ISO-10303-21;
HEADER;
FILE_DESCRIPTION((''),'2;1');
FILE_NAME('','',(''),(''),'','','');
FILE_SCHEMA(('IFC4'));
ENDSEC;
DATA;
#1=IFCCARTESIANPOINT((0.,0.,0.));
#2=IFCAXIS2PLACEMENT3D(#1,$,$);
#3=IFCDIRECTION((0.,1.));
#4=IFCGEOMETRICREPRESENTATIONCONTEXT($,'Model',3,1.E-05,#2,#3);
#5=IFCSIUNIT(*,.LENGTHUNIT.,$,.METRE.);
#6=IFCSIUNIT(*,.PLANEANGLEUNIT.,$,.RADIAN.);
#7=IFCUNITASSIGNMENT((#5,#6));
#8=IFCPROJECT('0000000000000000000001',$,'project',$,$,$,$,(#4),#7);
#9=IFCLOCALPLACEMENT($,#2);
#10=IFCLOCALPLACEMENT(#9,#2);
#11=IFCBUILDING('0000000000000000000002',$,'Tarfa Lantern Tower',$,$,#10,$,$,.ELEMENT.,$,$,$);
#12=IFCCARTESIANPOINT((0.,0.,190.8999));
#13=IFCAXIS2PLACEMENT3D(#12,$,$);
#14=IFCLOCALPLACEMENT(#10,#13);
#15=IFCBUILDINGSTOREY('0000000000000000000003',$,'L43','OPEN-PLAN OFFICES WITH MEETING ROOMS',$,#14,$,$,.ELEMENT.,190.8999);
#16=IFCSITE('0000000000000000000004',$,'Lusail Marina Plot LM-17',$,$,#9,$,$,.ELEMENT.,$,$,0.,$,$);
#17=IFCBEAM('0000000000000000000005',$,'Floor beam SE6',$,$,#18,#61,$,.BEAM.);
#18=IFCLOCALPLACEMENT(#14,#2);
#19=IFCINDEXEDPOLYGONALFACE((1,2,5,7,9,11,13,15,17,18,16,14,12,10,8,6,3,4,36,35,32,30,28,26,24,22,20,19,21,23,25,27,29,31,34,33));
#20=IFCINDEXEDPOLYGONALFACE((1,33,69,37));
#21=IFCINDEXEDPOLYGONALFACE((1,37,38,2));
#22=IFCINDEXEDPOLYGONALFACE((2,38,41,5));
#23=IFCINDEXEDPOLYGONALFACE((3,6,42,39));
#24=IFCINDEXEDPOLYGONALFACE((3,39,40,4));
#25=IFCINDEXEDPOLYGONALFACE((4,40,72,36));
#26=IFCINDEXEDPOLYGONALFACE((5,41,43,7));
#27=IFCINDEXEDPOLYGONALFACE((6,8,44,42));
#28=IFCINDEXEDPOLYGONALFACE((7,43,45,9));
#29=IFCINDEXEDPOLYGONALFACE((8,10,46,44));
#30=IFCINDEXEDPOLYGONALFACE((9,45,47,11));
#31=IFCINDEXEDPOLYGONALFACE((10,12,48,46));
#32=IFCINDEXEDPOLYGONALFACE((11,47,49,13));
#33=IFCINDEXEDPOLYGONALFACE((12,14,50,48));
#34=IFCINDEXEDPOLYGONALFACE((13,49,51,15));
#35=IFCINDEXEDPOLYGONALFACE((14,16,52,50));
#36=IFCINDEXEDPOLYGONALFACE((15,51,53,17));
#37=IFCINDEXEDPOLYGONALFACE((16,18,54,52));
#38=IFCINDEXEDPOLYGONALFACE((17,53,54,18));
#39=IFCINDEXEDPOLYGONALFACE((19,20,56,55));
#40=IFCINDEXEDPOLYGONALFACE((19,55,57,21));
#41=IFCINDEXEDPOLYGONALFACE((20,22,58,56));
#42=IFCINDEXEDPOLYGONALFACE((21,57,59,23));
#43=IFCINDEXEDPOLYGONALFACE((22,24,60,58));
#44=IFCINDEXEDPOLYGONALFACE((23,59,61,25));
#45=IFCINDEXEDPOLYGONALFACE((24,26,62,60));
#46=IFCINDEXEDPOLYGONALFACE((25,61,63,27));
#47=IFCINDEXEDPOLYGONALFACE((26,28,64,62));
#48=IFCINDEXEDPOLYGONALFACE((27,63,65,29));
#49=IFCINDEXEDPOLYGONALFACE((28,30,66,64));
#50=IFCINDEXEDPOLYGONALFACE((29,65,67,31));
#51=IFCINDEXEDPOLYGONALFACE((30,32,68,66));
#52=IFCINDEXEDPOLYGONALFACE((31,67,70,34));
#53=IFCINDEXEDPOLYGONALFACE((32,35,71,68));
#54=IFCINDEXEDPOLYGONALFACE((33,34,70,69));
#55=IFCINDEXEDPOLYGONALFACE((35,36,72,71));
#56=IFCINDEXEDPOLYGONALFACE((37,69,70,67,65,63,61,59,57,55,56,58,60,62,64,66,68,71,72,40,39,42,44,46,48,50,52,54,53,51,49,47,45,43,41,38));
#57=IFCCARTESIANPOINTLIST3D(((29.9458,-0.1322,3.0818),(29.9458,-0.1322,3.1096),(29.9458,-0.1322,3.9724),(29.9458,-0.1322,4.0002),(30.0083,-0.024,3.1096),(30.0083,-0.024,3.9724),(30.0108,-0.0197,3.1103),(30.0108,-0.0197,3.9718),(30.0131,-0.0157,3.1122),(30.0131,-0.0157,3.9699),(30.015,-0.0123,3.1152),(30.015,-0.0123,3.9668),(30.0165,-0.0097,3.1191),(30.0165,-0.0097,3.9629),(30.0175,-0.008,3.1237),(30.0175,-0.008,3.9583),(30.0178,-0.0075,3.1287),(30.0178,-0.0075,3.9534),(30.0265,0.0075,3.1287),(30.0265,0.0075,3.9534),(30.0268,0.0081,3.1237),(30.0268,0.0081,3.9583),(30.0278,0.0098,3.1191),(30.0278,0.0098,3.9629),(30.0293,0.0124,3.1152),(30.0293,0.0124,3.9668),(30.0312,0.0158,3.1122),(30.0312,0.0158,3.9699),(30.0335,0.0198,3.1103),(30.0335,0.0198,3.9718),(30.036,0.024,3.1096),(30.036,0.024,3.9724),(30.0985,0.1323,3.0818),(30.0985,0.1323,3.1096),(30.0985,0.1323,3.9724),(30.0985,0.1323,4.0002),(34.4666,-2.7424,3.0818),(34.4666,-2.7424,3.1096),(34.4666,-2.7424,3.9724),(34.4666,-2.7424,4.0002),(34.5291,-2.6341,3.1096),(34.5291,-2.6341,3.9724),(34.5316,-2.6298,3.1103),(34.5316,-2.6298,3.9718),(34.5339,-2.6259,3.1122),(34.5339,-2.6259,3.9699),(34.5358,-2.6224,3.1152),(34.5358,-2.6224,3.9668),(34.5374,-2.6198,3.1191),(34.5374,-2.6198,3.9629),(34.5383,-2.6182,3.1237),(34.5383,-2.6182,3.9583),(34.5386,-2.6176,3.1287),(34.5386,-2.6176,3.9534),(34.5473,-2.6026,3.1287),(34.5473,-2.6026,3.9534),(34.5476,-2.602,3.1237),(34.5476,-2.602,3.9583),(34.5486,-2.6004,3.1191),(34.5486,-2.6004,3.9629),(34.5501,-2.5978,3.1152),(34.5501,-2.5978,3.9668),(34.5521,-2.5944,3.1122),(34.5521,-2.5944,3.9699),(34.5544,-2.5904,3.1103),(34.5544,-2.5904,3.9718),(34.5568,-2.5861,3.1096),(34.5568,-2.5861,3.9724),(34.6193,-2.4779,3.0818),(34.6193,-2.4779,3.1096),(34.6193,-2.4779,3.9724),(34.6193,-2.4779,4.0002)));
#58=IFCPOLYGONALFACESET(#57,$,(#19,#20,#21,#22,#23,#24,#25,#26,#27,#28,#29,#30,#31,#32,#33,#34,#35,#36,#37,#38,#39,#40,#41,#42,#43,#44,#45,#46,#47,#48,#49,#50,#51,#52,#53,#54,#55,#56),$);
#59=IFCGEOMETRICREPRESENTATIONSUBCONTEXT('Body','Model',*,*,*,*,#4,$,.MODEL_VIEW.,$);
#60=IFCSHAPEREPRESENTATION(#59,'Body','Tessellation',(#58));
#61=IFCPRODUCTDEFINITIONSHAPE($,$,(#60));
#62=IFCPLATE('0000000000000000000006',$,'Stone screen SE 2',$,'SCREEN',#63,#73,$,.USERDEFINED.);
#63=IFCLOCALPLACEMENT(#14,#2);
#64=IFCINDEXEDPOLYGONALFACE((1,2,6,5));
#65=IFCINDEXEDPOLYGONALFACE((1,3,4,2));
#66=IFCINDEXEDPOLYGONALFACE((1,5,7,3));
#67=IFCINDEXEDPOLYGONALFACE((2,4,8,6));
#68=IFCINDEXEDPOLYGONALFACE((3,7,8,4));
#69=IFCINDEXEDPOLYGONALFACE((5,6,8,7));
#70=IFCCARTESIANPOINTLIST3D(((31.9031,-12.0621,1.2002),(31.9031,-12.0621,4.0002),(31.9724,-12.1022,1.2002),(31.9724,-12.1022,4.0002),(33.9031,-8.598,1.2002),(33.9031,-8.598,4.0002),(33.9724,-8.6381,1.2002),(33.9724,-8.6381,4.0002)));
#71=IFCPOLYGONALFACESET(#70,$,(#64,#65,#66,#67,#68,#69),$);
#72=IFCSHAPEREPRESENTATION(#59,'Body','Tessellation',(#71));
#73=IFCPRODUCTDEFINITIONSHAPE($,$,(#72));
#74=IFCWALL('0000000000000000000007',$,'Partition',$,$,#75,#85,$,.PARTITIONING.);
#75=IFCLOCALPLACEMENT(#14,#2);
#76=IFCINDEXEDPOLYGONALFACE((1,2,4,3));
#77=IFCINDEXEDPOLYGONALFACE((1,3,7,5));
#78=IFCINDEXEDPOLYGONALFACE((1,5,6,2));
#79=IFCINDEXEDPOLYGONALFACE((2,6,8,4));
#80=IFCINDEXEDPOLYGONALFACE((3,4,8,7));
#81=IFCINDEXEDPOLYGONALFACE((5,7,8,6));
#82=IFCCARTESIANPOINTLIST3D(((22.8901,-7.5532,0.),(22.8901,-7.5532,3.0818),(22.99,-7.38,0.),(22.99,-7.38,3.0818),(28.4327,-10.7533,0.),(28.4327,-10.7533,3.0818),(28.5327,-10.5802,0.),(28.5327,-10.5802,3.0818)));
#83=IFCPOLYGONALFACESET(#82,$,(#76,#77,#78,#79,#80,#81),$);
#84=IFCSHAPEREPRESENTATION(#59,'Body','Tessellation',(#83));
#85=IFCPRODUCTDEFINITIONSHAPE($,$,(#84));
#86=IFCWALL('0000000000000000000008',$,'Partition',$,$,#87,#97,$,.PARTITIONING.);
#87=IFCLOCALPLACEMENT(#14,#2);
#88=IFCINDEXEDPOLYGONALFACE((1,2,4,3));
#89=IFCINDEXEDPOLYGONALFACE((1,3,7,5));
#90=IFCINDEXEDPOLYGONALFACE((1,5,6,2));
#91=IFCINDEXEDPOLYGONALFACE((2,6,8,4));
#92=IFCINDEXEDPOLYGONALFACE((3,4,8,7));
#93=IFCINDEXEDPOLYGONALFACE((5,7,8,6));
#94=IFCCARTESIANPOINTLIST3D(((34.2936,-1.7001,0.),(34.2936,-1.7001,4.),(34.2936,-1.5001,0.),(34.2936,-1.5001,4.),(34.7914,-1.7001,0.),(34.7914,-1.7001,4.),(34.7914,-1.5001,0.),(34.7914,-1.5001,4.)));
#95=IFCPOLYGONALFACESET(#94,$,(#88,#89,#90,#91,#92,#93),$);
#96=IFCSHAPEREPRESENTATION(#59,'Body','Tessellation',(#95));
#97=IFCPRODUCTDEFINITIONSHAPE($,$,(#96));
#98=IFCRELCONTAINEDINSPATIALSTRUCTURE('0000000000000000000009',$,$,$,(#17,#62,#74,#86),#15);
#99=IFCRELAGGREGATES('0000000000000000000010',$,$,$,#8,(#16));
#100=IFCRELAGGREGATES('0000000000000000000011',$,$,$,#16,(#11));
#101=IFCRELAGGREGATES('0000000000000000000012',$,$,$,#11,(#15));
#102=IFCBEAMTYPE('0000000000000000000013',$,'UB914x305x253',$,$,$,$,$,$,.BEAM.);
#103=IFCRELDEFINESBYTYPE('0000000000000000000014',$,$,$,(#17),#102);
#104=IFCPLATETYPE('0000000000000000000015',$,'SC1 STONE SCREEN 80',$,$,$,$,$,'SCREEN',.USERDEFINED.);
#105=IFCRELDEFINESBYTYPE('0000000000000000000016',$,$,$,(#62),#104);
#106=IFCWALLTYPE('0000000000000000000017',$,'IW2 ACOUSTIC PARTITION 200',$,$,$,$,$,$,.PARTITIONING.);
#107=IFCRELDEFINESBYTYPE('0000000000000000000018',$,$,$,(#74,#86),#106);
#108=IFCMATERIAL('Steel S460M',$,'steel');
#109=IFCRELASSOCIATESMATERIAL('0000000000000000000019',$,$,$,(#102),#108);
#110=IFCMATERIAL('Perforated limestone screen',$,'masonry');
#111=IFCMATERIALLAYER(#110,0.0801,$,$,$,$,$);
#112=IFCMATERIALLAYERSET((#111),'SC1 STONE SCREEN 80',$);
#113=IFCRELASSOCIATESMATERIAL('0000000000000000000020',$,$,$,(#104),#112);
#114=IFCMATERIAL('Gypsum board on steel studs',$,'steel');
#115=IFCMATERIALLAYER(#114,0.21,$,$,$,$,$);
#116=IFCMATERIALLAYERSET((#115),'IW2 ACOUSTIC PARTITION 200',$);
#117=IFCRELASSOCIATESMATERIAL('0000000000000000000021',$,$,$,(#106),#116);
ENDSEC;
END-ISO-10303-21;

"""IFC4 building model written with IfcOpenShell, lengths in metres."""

from ifc_helpers import new_model, si_unit, direction, frame, frame_2d, origin, origin_2d, place, context, subcontext, project, spatial, rectangle, i_section, extrude, material, layer, layer_set, material_profile, profile_set, type_object, element, save


model = new_model("IFC4")

# Units and contexts
model_context = context("Model", 3, precision=1e-05, world=origin(), true_north=direction((0.0, 1.0)))
body_context = subcontext(model_context, "Body", "Model", "MODEL_VIEW")
ifc_project = project(units=[si_unit("LENGTHUNIT", "METRE"), si_unit("PLANEANGLEUNIT", "RADIAN")], contexts=[model_context])

# Site, building, storey
site_placement = place(None, origin())
site = spatial("IfcSite", under=ifc_project, at=site_placement, Name="Lusail Marina Plot LM-17", CompositionType="ELEMENT", RefElevation=0.0)
building_placement = place(site_placement, origin())
building = spatial("IfcBuilding", under=site, at=building_placement, Name="Tarfa Lantern Tower", CompositionType="ELEMENT")
storey_placement = place(building_placement, frame((0.0, 0.0, 190.8999)))
storey = spatial("IfcBuildingStorey", under=building, at=storey_placement, Name="L43", Description="OPEN-PLAN OFFICES WITH MEETING ROOMS", CompositionType="ELEMENT", Elevation=190.8999)

# Beam
ifc_material_1 = material(Name="Steel S460M", Category="steel")
ifc_material_profile_1 = material_profile(ifc_material_1, i_section(OverallWidth=0.3054, OverallDepth=0.9185, WebThickness=0.0173, FlangeThickness=0.0278, FilletRadius=0.019, at=origin_2d()), Name="UB914x305x253")
ifc_profile_set_1 = profile_set([ifc_material_profile_1], Name="Steel S460M")
beam_type_1 = type_object("IfcBeamType", Name="UB914x305x253", PredefinedType="BEAM", material=ifc_profile_set_1)
beam_1_placement = place(storey_placement, frame((34.543, -2.6101, 3.541), z_axis=(-0.866021, 0.500007, 0.0), x_axis=(-0.500007, -0.866021, 0.0)))
element("IfcBeam", 1, at=beam_1_placement, inside=storey, type_object=beam_type_1, Name="Floor beam SE6", PredefinedType="BEAM", context=body_context, shape_type="SweptSolid", body=[
    extrude(i_section(OverallWidth=0.3054, OverallDepth=0.9185, WebThickness=0.0173, FlangeThickness=0.0278, FilletRadius=0.019, at=origin_2d()), origin(), (0.0, 0.0, 1.0), 5.2202),
])

# Plate
ifc_material_2 = material(Name="Perforated limestone screen", Category="masonry")
ifc_layer_1 = layer(ifc_material_2, 0.0801)
ifc_layer_set_1 = layer_set([ifc_layer_1], Name="SC1 STONE SCREEN 80")
plate_type = type_object("IfcPlateType", Name="SC1 STONE SCREEN 80", ElementType="SCREEN", PredefinedType="USERDEFINED", material=ifc_layer_set_1)
plate_placement = place(storey_placement, frame((32.9377, -10.3501, 1.2002), z_axis=(0.0, 0.0, 1.0), x_axis=(0.5, 0.866025, 0.0)))
element("IfcPlate", 2, at=plate_placement, inside=storey, type_object=plate_type, Name="Stone screen SE 2", ObjectType="SCREEN", PredefinedType="USERDEFINED", context=body_context, shape_type="SweptSolid", body=[
    extrude(rectangle(XDim=4.0, YDim=0.0801, at=origin_2d()), origin(), (0.0, 0.0, 1.0), 2.8),
])

# Walls
ifc_material_3 = material(Name="Gypsum board on steel studs", Category="steel")
ifc_layer_2 = layer(ifc_material_3, 0.21)
ifc_layer_set_2 = layer_set([ifc_layer_2], Name="IW2 ACOUSTIC PARTITION 200")
wall_type = type_object("IfcWallType", Name="IW2 ACOUSTIC PARTITION 200", PredefinedType="PARTITIONING", material=ifc_layer_set_2)
wall_1_placement = place(storey_placement, frame((22.9399, -7.4666, 0.0), z_axis=(0.0, 0.0, 1.0), x_axis=(0.866019, -0.500012, 0.0)))
element("IfcWall", 3, at=wall_1_placement, inside=storey, type_object=wall_type, Name="Partition", PredefinedType="PARTITIONING", context=body_context, shape_type="SweptSolid", body=[
    extrude(rectangle(XDim=6.4001, YDim=0.2, at=frame_2d((3.2002, 0.0))), origin(), (0.0, 0.0, 1.0), 3.0818),
])
wall_2_placement = place(storey_placement, frame((34.2935, -1.6001, 0.0), z_axis=(0.0, 0.0, 1.0), x_axis=(1.0, 0.0, 0.0)))
element("IfcWall", 4, at=wall_2_placement, inside=storey, type_object=wall_type, Name="Partition", PredefinedType="PARTITIONING", context=body_context, shape_type="SweptSolid", body=[
    extrude(rectangle(XDim=0.4978, YDim=0.2, at=frame_2d((0.249, 0.0))), origin(), (0.0, 0.0, 1.0), 4.0),
])

save(model, "model.ifc")
